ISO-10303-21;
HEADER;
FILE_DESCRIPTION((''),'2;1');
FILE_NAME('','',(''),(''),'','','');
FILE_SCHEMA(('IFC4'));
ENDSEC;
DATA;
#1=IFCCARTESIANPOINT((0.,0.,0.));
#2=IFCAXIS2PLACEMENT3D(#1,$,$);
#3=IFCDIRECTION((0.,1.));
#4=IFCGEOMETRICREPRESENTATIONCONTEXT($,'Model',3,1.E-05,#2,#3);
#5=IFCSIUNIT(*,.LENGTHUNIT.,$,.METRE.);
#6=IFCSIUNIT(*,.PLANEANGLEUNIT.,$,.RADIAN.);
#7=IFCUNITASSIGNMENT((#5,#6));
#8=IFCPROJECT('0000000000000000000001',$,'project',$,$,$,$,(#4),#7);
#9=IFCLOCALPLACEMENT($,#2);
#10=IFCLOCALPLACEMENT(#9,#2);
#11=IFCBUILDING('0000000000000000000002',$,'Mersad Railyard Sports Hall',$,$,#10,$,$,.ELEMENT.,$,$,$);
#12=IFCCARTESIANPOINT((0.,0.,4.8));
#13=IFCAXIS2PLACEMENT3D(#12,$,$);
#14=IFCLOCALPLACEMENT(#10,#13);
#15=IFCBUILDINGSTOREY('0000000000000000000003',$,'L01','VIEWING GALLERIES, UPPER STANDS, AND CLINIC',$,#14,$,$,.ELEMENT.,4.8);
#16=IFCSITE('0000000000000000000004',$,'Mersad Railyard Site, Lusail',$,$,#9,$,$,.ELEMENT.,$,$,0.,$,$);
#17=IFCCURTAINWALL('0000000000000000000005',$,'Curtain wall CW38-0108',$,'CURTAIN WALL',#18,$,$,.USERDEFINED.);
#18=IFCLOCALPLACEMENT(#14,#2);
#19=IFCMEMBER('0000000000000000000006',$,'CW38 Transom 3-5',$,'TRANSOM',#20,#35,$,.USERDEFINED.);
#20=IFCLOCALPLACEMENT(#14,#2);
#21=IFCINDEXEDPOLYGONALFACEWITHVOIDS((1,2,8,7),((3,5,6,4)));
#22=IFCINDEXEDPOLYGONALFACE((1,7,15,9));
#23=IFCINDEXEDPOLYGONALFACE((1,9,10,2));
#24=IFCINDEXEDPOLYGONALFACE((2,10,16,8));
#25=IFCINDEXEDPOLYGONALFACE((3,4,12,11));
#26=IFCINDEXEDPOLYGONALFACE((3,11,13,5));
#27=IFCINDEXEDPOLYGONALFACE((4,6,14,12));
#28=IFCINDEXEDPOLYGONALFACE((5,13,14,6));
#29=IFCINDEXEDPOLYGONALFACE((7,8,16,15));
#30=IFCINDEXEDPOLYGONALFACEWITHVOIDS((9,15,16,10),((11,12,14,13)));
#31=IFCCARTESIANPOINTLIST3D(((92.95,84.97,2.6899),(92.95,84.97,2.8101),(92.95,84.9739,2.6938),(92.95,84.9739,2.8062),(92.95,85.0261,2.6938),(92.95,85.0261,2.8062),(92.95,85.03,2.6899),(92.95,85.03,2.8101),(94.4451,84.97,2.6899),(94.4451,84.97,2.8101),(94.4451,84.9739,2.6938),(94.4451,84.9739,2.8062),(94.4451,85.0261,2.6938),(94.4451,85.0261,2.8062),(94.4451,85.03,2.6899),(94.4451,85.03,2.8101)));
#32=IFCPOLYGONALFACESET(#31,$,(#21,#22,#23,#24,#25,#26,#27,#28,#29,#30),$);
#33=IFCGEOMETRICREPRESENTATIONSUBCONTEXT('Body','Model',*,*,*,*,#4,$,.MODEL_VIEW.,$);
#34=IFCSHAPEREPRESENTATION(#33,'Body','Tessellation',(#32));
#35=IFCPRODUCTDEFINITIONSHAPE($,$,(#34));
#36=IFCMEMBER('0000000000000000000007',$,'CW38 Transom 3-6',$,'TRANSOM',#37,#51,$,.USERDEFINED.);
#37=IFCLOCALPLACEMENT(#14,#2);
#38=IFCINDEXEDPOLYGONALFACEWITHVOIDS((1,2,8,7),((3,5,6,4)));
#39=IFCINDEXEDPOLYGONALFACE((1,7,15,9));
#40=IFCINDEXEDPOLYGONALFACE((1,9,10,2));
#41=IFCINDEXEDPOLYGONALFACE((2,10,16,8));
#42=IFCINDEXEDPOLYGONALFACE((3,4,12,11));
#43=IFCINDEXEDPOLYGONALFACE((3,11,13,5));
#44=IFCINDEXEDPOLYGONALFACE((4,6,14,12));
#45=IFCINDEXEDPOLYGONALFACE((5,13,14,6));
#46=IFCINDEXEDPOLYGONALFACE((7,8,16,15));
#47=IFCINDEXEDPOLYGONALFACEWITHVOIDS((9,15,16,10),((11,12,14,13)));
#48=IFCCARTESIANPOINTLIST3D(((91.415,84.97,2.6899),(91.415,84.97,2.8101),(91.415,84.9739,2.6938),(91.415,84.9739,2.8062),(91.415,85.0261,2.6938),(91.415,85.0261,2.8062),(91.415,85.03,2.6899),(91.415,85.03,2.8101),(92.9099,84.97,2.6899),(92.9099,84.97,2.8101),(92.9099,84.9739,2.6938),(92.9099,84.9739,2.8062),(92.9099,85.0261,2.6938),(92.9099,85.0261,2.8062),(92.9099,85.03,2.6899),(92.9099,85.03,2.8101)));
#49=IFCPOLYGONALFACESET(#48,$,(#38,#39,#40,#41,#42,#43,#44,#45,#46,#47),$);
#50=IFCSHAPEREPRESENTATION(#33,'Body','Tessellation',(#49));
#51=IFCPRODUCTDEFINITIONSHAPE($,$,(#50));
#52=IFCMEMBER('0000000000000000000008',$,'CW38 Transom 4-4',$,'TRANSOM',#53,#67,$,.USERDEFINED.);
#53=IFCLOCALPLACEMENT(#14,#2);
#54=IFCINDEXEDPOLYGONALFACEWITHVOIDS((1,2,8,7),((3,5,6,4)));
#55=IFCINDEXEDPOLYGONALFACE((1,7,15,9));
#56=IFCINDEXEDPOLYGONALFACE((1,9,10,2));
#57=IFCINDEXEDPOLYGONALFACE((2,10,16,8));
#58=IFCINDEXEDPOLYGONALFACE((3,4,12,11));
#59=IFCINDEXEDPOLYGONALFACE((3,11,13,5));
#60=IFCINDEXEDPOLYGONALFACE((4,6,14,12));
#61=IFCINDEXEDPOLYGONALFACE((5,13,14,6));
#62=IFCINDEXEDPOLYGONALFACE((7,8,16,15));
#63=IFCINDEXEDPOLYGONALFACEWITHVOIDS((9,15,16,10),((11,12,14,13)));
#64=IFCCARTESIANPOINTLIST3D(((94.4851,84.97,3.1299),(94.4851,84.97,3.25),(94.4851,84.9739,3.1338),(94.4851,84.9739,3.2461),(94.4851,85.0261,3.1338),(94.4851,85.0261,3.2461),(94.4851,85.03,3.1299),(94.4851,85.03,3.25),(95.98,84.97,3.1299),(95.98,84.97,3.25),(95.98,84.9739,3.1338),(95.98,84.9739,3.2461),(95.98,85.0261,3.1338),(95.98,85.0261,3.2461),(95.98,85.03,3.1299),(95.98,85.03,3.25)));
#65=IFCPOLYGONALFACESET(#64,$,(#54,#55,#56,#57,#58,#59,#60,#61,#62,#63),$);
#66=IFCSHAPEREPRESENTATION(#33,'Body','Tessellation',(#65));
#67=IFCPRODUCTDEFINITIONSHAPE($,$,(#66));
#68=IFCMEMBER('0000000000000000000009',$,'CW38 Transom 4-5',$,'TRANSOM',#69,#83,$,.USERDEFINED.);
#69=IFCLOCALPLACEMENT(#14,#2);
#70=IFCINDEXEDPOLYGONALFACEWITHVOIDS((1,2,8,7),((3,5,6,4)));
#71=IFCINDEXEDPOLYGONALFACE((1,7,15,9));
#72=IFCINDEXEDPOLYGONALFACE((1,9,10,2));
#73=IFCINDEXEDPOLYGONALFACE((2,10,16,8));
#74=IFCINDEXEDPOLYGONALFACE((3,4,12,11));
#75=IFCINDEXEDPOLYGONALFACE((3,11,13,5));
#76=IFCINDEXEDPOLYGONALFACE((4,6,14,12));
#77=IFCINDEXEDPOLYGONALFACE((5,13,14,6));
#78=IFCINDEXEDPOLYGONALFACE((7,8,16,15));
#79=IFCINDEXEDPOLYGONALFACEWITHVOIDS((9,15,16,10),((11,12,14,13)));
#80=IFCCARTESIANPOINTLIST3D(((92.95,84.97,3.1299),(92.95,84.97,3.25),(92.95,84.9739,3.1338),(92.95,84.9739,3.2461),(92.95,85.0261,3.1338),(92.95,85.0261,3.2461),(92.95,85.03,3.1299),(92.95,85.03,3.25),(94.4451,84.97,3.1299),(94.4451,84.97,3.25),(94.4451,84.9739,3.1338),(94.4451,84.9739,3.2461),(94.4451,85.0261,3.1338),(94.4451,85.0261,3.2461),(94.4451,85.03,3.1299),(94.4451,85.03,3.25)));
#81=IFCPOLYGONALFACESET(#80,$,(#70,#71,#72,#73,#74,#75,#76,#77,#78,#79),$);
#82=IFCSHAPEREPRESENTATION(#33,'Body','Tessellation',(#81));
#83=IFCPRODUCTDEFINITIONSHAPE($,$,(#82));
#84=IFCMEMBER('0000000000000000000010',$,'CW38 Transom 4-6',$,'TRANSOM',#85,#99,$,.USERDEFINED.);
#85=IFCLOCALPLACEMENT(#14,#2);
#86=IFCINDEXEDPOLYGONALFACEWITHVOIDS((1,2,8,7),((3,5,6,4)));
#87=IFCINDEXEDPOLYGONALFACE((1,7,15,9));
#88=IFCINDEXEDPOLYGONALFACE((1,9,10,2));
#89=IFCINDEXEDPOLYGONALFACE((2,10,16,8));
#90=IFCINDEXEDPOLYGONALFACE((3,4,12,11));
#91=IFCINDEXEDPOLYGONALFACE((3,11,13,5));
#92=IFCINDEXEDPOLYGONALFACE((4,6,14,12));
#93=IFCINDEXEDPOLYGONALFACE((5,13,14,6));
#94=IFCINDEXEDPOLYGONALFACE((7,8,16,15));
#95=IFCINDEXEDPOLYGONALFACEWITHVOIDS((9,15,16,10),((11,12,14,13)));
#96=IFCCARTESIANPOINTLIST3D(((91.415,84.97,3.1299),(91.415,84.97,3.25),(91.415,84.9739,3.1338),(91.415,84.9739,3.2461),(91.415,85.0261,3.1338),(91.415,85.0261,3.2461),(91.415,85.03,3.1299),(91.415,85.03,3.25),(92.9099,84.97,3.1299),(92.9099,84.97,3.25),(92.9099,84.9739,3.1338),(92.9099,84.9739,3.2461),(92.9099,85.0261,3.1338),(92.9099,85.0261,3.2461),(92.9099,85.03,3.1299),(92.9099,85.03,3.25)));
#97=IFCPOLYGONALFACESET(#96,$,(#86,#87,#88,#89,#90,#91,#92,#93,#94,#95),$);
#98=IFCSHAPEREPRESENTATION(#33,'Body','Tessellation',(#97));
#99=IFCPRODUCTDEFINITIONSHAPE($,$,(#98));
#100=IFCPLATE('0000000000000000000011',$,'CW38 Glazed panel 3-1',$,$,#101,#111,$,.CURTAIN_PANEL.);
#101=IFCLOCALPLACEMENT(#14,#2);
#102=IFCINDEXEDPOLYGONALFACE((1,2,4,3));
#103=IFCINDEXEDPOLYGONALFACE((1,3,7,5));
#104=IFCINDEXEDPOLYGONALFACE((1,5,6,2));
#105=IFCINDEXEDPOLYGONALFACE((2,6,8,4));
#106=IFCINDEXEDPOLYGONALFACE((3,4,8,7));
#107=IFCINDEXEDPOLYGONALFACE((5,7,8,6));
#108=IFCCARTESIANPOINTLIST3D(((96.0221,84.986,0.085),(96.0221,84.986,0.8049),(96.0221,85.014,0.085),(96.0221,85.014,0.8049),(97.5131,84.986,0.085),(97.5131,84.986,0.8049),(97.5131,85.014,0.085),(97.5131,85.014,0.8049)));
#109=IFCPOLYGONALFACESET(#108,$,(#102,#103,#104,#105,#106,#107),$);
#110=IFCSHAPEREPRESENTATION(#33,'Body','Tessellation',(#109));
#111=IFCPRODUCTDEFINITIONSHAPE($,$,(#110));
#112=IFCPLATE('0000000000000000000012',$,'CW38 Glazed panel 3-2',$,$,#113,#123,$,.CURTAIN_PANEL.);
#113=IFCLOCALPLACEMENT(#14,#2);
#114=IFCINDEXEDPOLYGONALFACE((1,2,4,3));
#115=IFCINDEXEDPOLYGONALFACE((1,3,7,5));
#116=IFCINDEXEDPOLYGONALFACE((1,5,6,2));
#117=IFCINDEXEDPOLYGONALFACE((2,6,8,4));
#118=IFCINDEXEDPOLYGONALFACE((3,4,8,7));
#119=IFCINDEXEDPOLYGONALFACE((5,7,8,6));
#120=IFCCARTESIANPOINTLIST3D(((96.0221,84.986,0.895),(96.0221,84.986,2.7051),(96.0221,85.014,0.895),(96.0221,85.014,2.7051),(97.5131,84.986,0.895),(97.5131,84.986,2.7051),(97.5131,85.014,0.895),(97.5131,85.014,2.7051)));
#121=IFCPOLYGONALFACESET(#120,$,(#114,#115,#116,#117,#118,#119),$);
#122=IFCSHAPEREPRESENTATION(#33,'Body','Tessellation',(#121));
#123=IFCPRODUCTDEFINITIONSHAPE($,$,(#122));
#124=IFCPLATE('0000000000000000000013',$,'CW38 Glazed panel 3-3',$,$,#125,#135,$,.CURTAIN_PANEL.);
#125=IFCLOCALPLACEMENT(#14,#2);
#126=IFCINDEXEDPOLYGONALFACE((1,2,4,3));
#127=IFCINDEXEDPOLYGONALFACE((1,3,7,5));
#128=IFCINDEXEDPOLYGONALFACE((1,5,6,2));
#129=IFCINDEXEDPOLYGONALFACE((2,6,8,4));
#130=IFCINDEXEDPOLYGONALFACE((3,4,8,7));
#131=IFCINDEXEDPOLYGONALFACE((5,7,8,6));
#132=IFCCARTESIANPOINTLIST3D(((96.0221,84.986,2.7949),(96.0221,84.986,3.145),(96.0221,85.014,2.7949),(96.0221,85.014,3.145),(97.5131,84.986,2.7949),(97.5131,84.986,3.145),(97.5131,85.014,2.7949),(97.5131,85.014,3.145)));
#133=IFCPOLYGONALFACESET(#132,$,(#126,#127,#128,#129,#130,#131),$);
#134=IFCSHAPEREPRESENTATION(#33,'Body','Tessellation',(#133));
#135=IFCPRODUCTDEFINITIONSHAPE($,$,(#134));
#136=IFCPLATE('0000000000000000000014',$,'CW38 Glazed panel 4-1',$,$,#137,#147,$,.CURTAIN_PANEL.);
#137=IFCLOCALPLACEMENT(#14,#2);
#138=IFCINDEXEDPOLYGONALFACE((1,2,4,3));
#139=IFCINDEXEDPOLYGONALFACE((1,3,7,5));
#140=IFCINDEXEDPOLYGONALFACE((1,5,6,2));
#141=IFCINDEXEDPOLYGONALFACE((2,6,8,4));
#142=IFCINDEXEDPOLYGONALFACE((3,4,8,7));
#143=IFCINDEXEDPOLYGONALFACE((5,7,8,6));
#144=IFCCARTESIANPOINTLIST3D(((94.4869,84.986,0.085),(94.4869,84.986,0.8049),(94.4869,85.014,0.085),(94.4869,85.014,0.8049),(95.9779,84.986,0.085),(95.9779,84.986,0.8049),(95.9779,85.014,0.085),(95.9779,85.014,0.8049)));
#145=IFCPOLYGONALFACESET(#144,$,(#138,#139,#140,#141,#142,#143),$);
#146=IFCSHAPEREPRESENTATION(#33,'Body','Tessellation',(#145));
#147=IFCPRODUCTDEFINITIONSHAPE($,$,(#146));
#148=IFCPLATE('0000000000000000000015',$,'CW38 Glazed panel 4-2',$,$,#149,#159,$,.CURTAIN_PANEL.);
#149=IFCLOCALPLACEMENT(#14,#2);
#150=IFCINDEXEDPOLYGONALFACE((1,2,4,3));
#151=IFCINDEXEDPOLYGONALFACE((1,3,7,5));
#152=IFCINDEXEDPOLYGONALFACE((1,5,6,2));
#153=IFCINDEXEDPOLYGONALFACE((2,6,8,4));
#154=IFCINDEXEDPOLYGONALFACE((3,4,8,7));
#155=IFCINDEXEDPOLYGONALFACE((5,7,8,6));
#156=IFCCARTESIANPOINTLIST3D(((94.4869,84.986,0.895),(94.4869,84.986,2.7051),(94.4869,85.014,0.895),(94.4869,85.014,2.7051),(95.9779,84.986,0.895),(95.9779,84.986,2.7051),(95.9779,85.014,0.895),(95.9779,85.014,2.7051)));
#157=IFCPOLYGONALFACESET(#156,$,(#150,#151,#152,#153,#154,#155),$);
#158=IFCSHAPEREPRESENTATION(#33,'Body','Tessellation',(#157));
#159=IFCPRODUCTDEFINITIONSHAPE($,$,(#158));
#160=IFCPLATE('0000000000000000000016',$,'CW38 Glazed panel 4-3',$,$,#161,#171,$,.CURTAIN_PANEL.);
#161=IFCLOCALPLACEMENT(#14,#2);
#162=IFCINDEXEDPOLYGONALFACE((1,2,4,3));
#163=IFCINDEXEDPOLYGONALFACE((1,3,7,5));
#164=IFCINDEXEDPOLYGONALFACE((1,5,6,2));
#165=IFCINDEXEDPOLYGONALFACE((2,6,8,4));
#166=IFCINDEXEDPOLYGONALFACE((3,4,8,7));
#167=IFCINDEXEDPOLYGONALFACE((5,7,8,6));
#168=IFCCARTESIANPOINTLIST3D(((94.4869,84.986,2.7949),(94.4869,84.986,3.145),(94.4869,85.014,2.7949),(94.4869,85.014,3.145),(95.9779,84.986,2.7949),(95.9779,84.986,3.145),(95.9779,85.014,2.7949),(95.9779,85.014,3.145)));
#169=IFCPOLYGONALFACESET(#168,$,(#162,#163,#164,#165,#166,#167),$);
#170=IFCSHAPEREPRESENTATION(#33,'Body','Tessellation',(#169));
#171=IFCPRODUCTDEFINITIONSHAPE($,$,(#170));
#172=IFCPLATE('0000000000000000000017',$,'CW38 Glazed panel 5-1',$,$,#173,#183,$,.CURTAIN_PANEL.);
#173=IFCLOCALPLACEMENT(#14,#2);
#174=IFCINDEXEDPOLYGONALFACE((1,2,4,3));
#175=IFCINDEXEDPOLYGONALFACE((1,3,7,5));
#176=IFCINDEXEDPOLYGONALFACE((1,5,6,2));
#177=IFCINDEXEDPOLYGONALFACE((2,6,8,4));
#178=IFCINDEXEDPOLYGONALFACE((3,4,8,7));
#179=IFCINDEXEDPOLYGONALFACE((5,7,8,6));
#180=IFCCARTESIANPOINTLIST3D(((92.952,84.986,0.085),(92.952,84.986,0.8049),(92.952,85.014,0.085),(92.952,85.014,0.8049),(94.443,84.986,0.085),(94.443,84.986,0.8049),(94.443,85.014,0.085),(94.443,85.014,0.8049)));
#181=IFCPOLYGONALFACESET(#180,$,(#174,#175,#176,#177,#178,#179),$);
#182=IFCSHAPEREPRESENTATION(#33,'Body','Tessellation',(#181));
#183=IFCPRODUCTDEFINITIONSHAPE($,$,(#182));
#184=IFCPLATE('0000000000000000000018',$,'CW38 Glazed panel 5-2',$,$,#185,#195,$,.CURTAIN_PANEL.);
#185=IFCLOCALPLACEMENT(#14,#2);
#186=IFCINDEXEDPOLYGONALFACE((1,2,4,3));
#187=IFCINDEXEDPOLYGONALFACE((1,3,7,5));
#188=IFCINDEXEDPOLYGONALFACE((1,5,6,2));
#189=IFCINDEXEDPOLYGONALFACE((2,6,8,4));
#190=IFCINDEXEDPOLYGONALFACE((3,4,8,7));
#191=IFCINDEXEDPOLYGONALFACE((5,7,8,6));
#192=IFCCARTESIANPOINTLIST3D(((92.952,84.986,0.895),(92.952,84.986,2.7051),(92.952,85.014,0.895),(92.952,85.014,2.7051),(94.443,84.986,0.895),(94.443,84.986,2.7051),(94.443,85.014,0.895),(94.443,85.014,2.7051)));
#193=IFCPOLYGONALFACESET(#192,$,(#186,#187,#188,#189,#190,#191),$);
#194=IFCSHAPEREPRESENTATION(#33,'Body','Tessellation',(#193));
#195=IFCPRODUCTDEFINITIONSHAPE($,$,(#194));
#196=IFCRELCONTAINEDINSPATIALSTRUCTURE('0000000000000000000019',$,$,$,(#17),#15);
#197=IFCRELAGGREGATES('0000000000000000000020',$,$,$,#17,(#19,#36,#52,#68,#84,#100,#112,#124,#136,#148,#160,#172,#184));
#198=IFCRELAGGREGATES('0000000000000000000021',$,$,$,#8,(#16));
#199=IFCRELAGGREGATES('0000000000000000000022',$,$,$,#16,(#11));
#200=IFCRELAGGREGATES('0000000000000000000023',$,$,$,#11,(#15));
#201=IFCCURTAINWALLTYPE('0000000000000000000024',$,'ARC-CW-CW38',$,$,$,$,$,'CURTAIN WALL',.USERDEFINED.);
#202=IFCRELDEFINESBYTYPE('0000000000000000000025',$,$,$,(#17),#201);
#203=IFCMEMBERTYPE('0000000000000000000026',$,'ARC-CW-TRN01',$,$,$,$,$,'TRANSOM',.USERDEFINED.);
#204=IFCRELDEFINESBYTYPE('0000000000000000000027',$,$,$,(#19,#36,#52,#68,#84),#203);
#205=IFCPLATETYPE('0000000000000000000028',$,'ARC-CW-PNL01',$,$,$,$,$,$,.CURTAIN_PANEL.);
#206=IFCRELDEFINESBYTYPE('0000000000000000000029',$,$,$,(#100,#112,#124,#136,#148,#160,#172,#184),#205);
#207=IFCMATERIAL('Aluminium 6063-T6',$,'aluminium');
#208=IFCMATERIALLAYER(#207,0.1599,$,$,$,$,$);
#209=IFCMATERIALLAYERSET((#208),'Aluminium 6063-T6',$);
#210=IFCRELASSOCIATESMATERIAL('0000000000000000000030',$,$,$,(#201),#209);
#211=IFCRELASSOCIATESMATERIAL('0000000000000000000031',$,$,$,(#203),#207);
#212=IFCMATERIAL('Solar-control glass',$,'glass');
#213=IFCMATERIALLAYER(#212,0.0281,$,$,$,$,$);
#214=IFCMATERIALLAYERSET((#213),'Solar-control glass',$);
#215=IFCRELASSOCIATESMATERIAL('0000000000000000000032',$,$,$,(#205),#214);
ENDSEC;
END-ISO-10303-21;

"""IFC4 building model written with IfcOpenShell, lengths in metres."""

from ifc_helpers import new_model, si_unit, direction, frame, origin, origin_2d, place, context, subcontext, project, spatial, rectangle, hollow_rectangle, extrude, material, layer, layer_set, material_profile, profile_set, type_object, element, aggregate, save


model = new_model("IFC4")

# Units and contexts
model_context = context("Model", 3, precision=1e-05, world=origin(), true_north=direction((0.0, 1.0)))
body_context = subcontext(model_context, "Body", "Model", "MODEL_VIEW")
ifc_project = project(units=[si_unit("LENGTHUNIT", "METRE"), si_unit("PLANEANGLEUNIT", "RADIAN")], contexts=[model_context])

# Site, building, storey
site_placement = place(None, origin())
site = spatial("IfcSite", under=ifc_project, at=site_placement, Name="Mersad Railyard Site, Lusail", CompositionType="ELEMENT", RefElevation=0.0)
building_placement = place(site_placement, origin())
building = spatial("IfcBuilding", under=site, at=building_placement, Name="Mersad Railyard Sports Hall", CompositionType="ELEMENT")
storey_placement = place(building_placement, frame((0.0, 0.0, 4.8)))
storey = spatial("IfcBuildingStorey", under=building, at=storey_placement, Name="L01", Description="VIEWING GALLERIES, UPPER STANDS, AND CLINIC", CompositionType="ELEMENT", Elevation=4.8)

# Curtain wall, members, plates
ifc_material_1 = material(Name="Aluminium 6063-T6", Category="aluminium")
ifc_layer_1 = layer(ifc_material_1, 0.1599)
ifc_layer_set_1 = layer_set([ifc_layer_1], Name="Aluminium 6063-T6")
curtain_wall_type = type_object("IfcCurtainWallType", Name="ARC-CW-CW38", ElementType="CURTAIN WALL", PredefinedType="USERDEFINED", material=ifc_layer_set_1)
curtain_wall_placement = place(storey_placement, origin())
curtain_wall = element("IfcCurtainWall", 1, at=curtain_wall_placement, inside=storey, type_object=curtain_wall_type, Name="Curtain wall CW38-0108", ObjectType="CURTAIN WALL", PredefinedType="USERDEFINED")
ifc_material_profile_1 = material_profile(ifc_material_1, hollow_rectangle(XDim=0.0601, YDim=0.1201, WallThickness=0.0039, at=origin_2d()), Name="AL TRANSOM 60x120x4")
ifc_profile_set_1 = profile_set([ifc_material_profile_1], Name="Aluminium 6063-T6")
member_type_1 = type_object("IfcMemberType", Name="ARC-CW-TRN01", ElementType="TRANSOM", PredefinedType="USERDEFINED", material=ifc_profile_set_1)
member_1_placement = place(storey_placement, frame((94.4451, 85.0, 2.75), z_axis=(-1.0, 0.0, 0.0), x_axis=(0.0, -1.0, 0.0)))
member_1 = element("IfcMember", 2, at=member_1_placement, type_object=member_type_1, Name="CW38 Transom 3-5", ObjectType="TRANSOM", PredefinedType="USERDEFINED", context=body_context, shape_type="SweptSolid", body=[
    extrude(hollow_rectangle(XDim=0.0601, YDim=0.1201, WallThickness=0.0039, at=origin_2d()), origin(), (0.0, 0.0, 1.0), 1.4951),
])
member_2_placement = place(storey_placement, frame((92.9099, 85.0, 2.75), z_axis=(-1.0, 0.0, 0.0), x_axis=(0.0, -1.0, 0.0)))
member_2 = element("IfcMember", 3, at=member_2_placement, type_object=member_type_1, Name="CW38 Transom 3-6", ObjectType="TRANSOM", PredefinedType="USERDEFINED", context=body_context, shape_type="SweptSolid", body=[
    extrude(hollow_rectangle(XDim=0.0601, YDim=0.1201, WallThickness=0.0039, at=origin_2d()), origin(), (0.0, 0.0, 1.0), 1.4949),
])
member_3_placement = place(storey_placement, frame((95.98, 85.0, 3.1899), z_axis=(-1.0, 0.0, 0.0), x_axis=(0.0, -1.0, 0.0)))
member_3 = element("IfcMember", 4, at=member_3_placement, type_object=member_type_1, Name="CW38 Transom 4-4", ObjectType="TRANSOM", PredefinedType="USERDEFINED", context=body_context, shape_type="SweptSolid", body=[
    extrude(hollow_rectangle(XDim=0.0601, YDim=0.1201, WallThickness=0.0039, at=origin_2d()), origin(), (0.0, 0.0, 1.0), 1.4949),
])
member_4_placement = place(storey_placement, frame((94.4451, 85.0, 3.1899), z_axis=(-1.0, 0.0, 0.0), x_axis=(0.0, -1.0, 0.0)))
member_4 = element("IfcMember", 5, at=member_4_placement, type_object=member_type_1, Name="CW38 Transom 4-5", ObjectType="TRANSOM", PredefinedType="USERDEFINED", context=body_context, shape_type="SweptSolid", body=[
    extrude(hollow_rectangle(XDim=0.0601, YDim=0.1201, WallThickness=0.0039, at=origin_2d()), origin(), (0.0, 0.0, 1.0), 1.4951),
])
member_5_placement = place(storey_placement, frame((92.9099, 85.0, 3.1899), z_axis=(-1.0, 0.0, 0.0), x_axis=(0.0, -1.0, 0.0)))
member_5 = element("IfcMember", 6, at=member_5_placement, type_object=member_type_1, Name="CW38 Transom 4-6", ObjectType="TRANSOM", PredefinedType="USERDEFINED", context=body_context, shape_type="SweptSolid", body=[
    extrude(hollow_rectangle(XDim=0.0601, YDim=0.1201, WallThickness=0.0039, at=origin_2d()), origin(), (0.0, 0.0, 1.0), 1.4949),
])
ifc_material_2 = material(Name="Solar-control glass", Category="glass")
ifc_layer_2 = layer(ifc_material_2, 0.0281)
ifc_layer_set_2 = layer_set([ifc_layer_2], Name="Solar-control glass")
plate_type = type_object("IfcPlateType", Name="ARC-CW-PNL01", PredefinedType="CURTAIN_PANEL", material=ifc_layer_set_2)
plate_1_placement = place(storey_placement, frame((96.7676, 85.0, 0.085), z_axis=(0.0, 0.0, 1.0), x_axis=(-1.0, 0.0, 0.0)))
plate_1 = element("IfcPlate", 7, at=plate_1_placement, type_object=plate_type, Name="CW38 Glazed panel 3-1", PredefinedType="CURTAIN_PANEL", context=body_context, shape_type="SweptSolid", body=[
    extrude(rectangle(XDim=1.491, YDim=0.0281, at=origin_2d()), origin(), (0.0, 0.0, 1.0), 0.72),
])
plate_2_placement = place(storey_placement, frame((96.7676, 85.0, 0.895), z_axis=(0.0, 0.0, 1.0), x_axis=(-1.0, 0.0, 0.0)))
plate_2 = element("IfcPlate", 8, at=plate_2_placement, type_object=plate_type, Name="CW38 Glazed panel 3-2", PredefinedType="CURTAIN_PANEL", context=body_context, shape_type="SweptSolid", body=[
    extrude(rectangle(XDim=1.491, YDim=0.0281, at=origin_2d()), origin(), (0.0, 0.0, 1.0), 1.8101),
])
plate_3_placement = place(storey_placement, frame((96.7676, 85.0, 2.7949), z_axis=(0.0, 0.0, 1.0), x_axis=(-1.0, 0.0, 0.0)))
plate_3 = element("IfcPlate", 9, at=plate_3_placement, type_object=plate_type, Name="CW38 Glazed panel 3-3", PredefinedType="CURTAIN_PANEL", context=body_context, shape_type="SweptSolid", body=[
    extrude(rectangle(XDim=1.491, YDim=0.0281, at=origin_2d()), origin(), (0.0, 0.0, 1.0), 0.3501),
])
plate_4_placement = place(storey_placement, frame((95.2324, 85.0, 0.085), z_axis=(0.0, 0.0, 1.0), x_axis=(-1.0, 0.0, 0.0)))
plate_4 = element("IfcPlate", 10, at=plate_4_placement, type_object=plate_type, Name="CW38 Glazed panel 4-1", PredefinedType="CURTAIN_PANEL", context=body_context, shape_type="SweptSolid", body=[
    extrude(rectangle(XDim=1.491, YDim=0.0281, at=origin_2d()), origin(), (0.0, 0.0, 1.0), 0.72),
])
plate_5_placement = place(storey_placement, frame((95.2324, 85.0, 0.895), z_axis=(0.0, 0.0, 1.0), x_axis=(-1.0, 0.0, 0.0)))
plate_5 = element("IfcPlate", 11, at=plate_5_placement, type_object=plate_type, Name="CW38 Glazed panel 4-2", PredefinedType="CURTAIN_PANEL", context=body_context, shape_type="SweptSolid", body=[
    extrude(rectangle(XDim=1.491, YDim=0.0281, at=origin_2d()), origin(), (0.0, 0.0, 1.0), 1.8101),
])
plate_6_placement = place(storey_placement, frame((95.2324, 85.0, 2.7949), z_axis=(0.0, 0.0, 1.0), x_axis=(-1.0, 0.0, 0.0)))
plate_6 = element("IfcPlate", 12, at=plate_6_placement, type_object=plate_type, Name="CW38 Glazed panel 4-3", PredefinedType="CURTAIN_PANEL", context=body_context, shape_type="SweptSolid", body=[
    extrude(rectangle(XDim=1.491, YDim=0.0281, at=origin_2d()), origin(), (0.0, 0.0, 1.0), 0.3501),
])
plate_7_placement = place(storey_placement, frame((93.6975, 85.0, 0.085), z_axis=(0.0, 0.0, 1.0), x_axis=(-1.0, 0.0, 0.0)))
plate_7 = element("IfcPlate", 13, at=plate_7_placement, type_object=plate_type, Name="CW38 Glazed panel 5-1", PredefinedType="CURTAIN_PANEL", context=body_context, shape_type="SweptSolid", body=[
    extrude(rectangle(XDim=1.491, YDim=0.0281, at=origin_2d()), origin(), (0.0, 0.0, 1.0), 0.72),
])
plate_8_placement = place(storey_placement, frame((93.6975, 85.0, 0.895), z_axis=(0.0, 0.0, 1.0), x_axis=(-1.0, 0.0, 0.0)))
plate_8 = element("IfcPlate", 14, at=plate_8_placement, type_object=plate_type, Name="CW38 Glazed panel 5-2", PredefinedType="CURTAIN_PANEL", context=body_context, shape_type="SweptSolid", body=[
    extrude(rectangle(XDim=1.491, YDim=0.0281, at=origin_2d()), origin(), (0.0, 0.0, 1.0), 1.8101),
])
aggregate(curtain_wall, [member_1, member_2, member_3, member_4, member_5, plate_1, plate_2, plate_3, plate_4, plate_5, plate_6, plate_7, plate_8])

save(model, "model.ifc")
